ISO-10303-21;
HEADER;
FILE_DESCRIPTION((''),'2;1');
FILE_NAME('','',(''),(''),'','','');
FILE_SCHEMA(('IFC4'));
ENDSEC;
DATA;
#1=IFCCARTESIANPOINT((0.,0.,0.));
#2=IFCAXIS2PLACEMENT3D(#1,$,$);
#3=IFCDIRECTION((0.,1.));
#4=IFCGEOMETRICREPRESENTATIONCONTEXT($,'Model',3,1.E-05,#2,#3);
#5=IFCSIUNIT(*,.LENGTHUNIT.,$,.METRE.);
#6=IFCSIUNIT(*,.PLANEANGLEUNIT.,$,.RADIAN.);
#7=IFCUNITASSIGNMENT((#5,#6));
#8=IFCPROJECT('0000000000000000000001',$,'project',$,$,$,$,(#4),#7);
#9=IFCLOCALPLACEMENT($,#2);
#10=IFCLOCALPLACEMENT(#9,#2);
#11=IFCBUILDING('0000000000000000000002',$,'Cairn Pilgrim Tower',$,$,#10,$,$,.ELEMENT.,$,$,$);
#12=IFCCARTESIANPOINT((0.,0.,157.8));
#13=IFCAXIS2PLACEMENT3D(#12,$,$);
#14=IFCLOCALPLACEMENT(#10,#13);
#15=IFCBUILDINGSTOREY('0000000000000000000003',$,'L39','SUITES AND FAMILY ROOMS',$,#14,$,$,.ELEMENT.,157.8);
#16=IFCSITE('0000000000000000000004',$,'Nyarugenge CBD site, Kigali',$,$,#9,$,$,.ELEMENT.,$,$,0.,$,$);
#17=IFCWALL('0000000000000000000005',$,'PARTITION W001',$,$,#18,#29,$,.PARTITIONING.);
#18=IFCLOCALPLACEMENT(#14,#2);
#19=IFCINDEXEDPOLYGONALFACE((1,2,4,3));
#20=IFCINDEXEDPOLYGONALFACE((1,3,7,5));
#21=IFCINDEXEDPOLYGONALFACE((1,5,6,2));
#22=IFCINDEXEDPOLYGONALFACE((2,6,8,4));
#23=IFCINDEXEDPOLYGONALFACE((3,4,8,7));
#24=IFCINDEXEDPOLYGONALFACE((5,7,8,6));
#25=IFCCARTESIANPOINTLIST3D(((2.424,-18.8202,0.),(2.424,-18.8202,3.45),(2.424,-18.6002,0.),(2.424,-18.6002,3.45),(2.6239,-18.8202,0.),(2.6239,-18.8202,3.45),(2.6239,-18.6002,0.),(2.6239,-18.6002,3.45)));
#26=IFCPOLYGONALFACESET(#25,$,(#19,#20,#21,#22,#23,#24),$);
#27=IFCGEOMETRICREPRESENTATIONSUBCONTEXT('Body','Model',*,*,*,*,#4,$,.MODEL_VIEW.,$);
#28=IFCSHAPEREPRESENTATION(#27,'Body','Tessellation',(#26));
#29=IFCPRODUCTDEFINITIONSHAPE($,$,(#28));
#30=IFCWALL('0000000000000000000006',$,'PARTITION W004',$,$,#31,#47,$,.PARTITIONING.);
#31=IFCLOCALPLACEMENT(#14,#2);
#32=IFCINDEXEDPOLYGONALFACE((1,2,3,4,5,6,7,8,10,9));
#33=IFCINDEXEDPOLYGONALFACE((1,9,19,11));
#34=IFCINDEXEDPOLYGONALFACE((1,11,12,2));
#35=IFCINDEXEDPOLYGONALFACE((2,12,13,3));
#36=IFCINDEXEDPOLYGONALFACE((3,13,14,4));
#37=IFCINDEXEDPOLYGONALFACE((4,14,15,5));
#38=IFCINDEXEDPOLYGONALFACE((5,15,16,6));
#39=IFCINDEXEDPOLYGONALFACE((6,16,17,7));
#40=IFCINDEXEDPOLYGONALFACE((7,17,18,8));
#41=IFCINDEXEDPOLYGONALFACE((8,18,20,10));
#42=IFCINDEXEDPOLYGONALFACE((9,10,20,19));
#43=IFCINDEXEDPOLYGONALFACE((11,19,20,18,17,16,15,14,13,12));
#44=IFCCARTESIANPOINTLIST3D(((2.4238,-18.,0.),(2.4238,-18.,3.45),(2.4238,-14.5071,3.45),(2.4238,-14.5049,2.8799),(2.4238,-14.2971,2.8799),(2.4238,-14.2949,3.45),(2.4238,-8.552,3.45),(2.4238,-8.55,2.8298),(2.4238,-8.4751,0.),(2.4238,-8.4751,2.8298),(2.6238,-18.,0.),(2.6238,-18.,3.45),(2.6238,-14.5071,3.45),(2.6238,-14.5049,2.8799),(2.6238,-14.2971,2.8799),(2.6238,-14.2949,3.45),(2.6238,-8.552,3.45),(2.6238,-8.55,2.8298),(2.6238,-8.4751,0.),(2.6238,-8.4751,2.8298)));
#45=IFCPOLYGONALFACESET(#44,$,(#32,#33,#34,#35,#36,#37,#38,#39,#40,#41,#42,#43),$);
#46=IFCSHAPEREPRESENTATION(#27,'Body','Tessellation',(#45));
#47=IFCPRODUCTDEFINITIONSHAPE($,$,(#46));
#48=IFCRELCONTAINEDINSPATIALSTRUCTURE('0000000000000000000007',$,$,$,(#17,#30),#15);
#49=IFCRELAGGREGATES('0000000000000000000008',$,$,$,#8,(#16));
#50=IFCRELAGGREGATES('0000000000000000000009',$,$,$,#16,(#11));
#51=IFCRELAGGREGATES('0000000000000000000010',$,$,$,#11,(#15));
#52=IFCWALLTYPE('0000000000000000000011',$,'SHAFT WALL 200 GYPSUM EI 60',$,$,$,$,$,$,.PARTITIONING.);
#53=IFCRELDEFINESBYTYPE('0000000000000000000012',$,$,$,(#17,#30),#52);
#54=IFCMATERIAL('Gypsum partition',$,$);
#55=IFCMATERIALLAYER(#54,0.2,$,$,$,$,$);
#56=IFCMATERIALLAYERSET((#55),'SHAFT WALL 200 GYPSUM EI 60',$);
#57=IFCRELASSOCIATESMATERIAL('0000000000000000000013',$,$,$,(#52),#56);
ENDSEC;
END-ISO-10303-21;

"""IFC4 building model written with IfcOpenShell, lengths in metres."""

from ifc_helpers import new_model, si_unit, direction, frame, frame_2d, origin, place, context, subcontext, project, spatial, polyline, rectangle, outline, extrude, material, layer, layer_set, type_object, element, save


model = new_model("IFC4")

# Units and contexts
model_context = context("Model", 3, precision=1e-05, world=origin(), true_north=direction((0.0, 1.0)))
body_context = subcontext(model_context, "Body", "Model", "MODEL_VIEW")
ifc_project = project(units=[si_unit("LENGTHUNIT", "METRE"), si_unit("PLANEANGLEUNIT", "RADIAN")], contexts=[model_context])

# Site, building, storey
site_placement = place(None, origin())
site = spatial("IfcSite", under=ifc_project, at=site_placement, Name="Nyarugenge CBD site, Kigali", CompositionType="ELEMENT", RefElevation=0.0)
building_placement = place(site_placement, origin())
building = spatial("IfcBuilding", under=site, at=building_placement, Name="Cairn Pilgrim Tower", CompositionType="ELEMENT")
storey_placement = place(building_placement, frame((0.0, 0.0, 157.8)))
storey = spatial("IfcBuildingStorey", under=building, at=storey_placement, Name="L39", Description="SUITES AND FAMILY ROOMS", CompositionType="ELEMENT", Elevation=157.8)

# Shared definitions
ifc_material_1 = material(Name="Gypsum partition")

# Walls
ifc_layer_1 = layer(ifc_material_1, 0.2)
ifc_layer_set_1 = layer_set([ifc_layer_1], Name="SHAFT WALL 200 GYPSUM EI 60")
wall_type_1 = type_object("IfcWallType", Name="SHAFT WALL 200 GYPSUM EI 60", PredefinedType="PARTITIONING", material=ifc_layer_set_1)
wall_1_placement = place(storey_placement, frame((2.5239, -18.8201, 0.0), z_axis=(0.0, 0.0, 1.0), x_axis=(0.0, 1.0, 0.0)))
element("IfcWall", 1, at=wall_1_placement, inside=storey, type_object=wall_type_1, Name="PARTITION W001", PredefinedType="PARTITIONING", context=body_context, shape_type="SweptSolid", body=[
    extrude(rectangle(XDim=0.22, YDim=0.2, at=frame_2d((0.1099, 0.0))), origin(), (0.0, 0.0, 1.0), 3.45),
])
wall_2_placement = place(storey_placement, frame((2.5239, -18.0, 0.0), z_axis=(0.0, 0.0, 1.0), x_axis=(0.0, 1.0, 0.0)))
element("IfcWall", 2, at=wall_2_placement, inside=storey, type_object=wall_type_1, Name="PARTITION W004", PredefinedType="PARTITIONING", context=body_context, shape_type="SweptSolid", body=[
    extrude(outline(polyline([(0.0, 0.0), (9.5249, 0.0), (9.5249, 2.8298), (9.45, 2.8298), (9.448, 3.45), (3.7051, 3.45), (3.7029, 2.8799), (3.4951, 2.8799), (3.4929, 3.45), (0.0, 3.45), (0.0, 0.0)])), frame((0.0, 0.1001, 0.0), z_axis=(0.0, -1.0, 0.0), x_axis=(1.0, 0.0, 0.0)), (0.0, 0.0, 1.0), 0.2),
])

save(model, "model.ifc")
